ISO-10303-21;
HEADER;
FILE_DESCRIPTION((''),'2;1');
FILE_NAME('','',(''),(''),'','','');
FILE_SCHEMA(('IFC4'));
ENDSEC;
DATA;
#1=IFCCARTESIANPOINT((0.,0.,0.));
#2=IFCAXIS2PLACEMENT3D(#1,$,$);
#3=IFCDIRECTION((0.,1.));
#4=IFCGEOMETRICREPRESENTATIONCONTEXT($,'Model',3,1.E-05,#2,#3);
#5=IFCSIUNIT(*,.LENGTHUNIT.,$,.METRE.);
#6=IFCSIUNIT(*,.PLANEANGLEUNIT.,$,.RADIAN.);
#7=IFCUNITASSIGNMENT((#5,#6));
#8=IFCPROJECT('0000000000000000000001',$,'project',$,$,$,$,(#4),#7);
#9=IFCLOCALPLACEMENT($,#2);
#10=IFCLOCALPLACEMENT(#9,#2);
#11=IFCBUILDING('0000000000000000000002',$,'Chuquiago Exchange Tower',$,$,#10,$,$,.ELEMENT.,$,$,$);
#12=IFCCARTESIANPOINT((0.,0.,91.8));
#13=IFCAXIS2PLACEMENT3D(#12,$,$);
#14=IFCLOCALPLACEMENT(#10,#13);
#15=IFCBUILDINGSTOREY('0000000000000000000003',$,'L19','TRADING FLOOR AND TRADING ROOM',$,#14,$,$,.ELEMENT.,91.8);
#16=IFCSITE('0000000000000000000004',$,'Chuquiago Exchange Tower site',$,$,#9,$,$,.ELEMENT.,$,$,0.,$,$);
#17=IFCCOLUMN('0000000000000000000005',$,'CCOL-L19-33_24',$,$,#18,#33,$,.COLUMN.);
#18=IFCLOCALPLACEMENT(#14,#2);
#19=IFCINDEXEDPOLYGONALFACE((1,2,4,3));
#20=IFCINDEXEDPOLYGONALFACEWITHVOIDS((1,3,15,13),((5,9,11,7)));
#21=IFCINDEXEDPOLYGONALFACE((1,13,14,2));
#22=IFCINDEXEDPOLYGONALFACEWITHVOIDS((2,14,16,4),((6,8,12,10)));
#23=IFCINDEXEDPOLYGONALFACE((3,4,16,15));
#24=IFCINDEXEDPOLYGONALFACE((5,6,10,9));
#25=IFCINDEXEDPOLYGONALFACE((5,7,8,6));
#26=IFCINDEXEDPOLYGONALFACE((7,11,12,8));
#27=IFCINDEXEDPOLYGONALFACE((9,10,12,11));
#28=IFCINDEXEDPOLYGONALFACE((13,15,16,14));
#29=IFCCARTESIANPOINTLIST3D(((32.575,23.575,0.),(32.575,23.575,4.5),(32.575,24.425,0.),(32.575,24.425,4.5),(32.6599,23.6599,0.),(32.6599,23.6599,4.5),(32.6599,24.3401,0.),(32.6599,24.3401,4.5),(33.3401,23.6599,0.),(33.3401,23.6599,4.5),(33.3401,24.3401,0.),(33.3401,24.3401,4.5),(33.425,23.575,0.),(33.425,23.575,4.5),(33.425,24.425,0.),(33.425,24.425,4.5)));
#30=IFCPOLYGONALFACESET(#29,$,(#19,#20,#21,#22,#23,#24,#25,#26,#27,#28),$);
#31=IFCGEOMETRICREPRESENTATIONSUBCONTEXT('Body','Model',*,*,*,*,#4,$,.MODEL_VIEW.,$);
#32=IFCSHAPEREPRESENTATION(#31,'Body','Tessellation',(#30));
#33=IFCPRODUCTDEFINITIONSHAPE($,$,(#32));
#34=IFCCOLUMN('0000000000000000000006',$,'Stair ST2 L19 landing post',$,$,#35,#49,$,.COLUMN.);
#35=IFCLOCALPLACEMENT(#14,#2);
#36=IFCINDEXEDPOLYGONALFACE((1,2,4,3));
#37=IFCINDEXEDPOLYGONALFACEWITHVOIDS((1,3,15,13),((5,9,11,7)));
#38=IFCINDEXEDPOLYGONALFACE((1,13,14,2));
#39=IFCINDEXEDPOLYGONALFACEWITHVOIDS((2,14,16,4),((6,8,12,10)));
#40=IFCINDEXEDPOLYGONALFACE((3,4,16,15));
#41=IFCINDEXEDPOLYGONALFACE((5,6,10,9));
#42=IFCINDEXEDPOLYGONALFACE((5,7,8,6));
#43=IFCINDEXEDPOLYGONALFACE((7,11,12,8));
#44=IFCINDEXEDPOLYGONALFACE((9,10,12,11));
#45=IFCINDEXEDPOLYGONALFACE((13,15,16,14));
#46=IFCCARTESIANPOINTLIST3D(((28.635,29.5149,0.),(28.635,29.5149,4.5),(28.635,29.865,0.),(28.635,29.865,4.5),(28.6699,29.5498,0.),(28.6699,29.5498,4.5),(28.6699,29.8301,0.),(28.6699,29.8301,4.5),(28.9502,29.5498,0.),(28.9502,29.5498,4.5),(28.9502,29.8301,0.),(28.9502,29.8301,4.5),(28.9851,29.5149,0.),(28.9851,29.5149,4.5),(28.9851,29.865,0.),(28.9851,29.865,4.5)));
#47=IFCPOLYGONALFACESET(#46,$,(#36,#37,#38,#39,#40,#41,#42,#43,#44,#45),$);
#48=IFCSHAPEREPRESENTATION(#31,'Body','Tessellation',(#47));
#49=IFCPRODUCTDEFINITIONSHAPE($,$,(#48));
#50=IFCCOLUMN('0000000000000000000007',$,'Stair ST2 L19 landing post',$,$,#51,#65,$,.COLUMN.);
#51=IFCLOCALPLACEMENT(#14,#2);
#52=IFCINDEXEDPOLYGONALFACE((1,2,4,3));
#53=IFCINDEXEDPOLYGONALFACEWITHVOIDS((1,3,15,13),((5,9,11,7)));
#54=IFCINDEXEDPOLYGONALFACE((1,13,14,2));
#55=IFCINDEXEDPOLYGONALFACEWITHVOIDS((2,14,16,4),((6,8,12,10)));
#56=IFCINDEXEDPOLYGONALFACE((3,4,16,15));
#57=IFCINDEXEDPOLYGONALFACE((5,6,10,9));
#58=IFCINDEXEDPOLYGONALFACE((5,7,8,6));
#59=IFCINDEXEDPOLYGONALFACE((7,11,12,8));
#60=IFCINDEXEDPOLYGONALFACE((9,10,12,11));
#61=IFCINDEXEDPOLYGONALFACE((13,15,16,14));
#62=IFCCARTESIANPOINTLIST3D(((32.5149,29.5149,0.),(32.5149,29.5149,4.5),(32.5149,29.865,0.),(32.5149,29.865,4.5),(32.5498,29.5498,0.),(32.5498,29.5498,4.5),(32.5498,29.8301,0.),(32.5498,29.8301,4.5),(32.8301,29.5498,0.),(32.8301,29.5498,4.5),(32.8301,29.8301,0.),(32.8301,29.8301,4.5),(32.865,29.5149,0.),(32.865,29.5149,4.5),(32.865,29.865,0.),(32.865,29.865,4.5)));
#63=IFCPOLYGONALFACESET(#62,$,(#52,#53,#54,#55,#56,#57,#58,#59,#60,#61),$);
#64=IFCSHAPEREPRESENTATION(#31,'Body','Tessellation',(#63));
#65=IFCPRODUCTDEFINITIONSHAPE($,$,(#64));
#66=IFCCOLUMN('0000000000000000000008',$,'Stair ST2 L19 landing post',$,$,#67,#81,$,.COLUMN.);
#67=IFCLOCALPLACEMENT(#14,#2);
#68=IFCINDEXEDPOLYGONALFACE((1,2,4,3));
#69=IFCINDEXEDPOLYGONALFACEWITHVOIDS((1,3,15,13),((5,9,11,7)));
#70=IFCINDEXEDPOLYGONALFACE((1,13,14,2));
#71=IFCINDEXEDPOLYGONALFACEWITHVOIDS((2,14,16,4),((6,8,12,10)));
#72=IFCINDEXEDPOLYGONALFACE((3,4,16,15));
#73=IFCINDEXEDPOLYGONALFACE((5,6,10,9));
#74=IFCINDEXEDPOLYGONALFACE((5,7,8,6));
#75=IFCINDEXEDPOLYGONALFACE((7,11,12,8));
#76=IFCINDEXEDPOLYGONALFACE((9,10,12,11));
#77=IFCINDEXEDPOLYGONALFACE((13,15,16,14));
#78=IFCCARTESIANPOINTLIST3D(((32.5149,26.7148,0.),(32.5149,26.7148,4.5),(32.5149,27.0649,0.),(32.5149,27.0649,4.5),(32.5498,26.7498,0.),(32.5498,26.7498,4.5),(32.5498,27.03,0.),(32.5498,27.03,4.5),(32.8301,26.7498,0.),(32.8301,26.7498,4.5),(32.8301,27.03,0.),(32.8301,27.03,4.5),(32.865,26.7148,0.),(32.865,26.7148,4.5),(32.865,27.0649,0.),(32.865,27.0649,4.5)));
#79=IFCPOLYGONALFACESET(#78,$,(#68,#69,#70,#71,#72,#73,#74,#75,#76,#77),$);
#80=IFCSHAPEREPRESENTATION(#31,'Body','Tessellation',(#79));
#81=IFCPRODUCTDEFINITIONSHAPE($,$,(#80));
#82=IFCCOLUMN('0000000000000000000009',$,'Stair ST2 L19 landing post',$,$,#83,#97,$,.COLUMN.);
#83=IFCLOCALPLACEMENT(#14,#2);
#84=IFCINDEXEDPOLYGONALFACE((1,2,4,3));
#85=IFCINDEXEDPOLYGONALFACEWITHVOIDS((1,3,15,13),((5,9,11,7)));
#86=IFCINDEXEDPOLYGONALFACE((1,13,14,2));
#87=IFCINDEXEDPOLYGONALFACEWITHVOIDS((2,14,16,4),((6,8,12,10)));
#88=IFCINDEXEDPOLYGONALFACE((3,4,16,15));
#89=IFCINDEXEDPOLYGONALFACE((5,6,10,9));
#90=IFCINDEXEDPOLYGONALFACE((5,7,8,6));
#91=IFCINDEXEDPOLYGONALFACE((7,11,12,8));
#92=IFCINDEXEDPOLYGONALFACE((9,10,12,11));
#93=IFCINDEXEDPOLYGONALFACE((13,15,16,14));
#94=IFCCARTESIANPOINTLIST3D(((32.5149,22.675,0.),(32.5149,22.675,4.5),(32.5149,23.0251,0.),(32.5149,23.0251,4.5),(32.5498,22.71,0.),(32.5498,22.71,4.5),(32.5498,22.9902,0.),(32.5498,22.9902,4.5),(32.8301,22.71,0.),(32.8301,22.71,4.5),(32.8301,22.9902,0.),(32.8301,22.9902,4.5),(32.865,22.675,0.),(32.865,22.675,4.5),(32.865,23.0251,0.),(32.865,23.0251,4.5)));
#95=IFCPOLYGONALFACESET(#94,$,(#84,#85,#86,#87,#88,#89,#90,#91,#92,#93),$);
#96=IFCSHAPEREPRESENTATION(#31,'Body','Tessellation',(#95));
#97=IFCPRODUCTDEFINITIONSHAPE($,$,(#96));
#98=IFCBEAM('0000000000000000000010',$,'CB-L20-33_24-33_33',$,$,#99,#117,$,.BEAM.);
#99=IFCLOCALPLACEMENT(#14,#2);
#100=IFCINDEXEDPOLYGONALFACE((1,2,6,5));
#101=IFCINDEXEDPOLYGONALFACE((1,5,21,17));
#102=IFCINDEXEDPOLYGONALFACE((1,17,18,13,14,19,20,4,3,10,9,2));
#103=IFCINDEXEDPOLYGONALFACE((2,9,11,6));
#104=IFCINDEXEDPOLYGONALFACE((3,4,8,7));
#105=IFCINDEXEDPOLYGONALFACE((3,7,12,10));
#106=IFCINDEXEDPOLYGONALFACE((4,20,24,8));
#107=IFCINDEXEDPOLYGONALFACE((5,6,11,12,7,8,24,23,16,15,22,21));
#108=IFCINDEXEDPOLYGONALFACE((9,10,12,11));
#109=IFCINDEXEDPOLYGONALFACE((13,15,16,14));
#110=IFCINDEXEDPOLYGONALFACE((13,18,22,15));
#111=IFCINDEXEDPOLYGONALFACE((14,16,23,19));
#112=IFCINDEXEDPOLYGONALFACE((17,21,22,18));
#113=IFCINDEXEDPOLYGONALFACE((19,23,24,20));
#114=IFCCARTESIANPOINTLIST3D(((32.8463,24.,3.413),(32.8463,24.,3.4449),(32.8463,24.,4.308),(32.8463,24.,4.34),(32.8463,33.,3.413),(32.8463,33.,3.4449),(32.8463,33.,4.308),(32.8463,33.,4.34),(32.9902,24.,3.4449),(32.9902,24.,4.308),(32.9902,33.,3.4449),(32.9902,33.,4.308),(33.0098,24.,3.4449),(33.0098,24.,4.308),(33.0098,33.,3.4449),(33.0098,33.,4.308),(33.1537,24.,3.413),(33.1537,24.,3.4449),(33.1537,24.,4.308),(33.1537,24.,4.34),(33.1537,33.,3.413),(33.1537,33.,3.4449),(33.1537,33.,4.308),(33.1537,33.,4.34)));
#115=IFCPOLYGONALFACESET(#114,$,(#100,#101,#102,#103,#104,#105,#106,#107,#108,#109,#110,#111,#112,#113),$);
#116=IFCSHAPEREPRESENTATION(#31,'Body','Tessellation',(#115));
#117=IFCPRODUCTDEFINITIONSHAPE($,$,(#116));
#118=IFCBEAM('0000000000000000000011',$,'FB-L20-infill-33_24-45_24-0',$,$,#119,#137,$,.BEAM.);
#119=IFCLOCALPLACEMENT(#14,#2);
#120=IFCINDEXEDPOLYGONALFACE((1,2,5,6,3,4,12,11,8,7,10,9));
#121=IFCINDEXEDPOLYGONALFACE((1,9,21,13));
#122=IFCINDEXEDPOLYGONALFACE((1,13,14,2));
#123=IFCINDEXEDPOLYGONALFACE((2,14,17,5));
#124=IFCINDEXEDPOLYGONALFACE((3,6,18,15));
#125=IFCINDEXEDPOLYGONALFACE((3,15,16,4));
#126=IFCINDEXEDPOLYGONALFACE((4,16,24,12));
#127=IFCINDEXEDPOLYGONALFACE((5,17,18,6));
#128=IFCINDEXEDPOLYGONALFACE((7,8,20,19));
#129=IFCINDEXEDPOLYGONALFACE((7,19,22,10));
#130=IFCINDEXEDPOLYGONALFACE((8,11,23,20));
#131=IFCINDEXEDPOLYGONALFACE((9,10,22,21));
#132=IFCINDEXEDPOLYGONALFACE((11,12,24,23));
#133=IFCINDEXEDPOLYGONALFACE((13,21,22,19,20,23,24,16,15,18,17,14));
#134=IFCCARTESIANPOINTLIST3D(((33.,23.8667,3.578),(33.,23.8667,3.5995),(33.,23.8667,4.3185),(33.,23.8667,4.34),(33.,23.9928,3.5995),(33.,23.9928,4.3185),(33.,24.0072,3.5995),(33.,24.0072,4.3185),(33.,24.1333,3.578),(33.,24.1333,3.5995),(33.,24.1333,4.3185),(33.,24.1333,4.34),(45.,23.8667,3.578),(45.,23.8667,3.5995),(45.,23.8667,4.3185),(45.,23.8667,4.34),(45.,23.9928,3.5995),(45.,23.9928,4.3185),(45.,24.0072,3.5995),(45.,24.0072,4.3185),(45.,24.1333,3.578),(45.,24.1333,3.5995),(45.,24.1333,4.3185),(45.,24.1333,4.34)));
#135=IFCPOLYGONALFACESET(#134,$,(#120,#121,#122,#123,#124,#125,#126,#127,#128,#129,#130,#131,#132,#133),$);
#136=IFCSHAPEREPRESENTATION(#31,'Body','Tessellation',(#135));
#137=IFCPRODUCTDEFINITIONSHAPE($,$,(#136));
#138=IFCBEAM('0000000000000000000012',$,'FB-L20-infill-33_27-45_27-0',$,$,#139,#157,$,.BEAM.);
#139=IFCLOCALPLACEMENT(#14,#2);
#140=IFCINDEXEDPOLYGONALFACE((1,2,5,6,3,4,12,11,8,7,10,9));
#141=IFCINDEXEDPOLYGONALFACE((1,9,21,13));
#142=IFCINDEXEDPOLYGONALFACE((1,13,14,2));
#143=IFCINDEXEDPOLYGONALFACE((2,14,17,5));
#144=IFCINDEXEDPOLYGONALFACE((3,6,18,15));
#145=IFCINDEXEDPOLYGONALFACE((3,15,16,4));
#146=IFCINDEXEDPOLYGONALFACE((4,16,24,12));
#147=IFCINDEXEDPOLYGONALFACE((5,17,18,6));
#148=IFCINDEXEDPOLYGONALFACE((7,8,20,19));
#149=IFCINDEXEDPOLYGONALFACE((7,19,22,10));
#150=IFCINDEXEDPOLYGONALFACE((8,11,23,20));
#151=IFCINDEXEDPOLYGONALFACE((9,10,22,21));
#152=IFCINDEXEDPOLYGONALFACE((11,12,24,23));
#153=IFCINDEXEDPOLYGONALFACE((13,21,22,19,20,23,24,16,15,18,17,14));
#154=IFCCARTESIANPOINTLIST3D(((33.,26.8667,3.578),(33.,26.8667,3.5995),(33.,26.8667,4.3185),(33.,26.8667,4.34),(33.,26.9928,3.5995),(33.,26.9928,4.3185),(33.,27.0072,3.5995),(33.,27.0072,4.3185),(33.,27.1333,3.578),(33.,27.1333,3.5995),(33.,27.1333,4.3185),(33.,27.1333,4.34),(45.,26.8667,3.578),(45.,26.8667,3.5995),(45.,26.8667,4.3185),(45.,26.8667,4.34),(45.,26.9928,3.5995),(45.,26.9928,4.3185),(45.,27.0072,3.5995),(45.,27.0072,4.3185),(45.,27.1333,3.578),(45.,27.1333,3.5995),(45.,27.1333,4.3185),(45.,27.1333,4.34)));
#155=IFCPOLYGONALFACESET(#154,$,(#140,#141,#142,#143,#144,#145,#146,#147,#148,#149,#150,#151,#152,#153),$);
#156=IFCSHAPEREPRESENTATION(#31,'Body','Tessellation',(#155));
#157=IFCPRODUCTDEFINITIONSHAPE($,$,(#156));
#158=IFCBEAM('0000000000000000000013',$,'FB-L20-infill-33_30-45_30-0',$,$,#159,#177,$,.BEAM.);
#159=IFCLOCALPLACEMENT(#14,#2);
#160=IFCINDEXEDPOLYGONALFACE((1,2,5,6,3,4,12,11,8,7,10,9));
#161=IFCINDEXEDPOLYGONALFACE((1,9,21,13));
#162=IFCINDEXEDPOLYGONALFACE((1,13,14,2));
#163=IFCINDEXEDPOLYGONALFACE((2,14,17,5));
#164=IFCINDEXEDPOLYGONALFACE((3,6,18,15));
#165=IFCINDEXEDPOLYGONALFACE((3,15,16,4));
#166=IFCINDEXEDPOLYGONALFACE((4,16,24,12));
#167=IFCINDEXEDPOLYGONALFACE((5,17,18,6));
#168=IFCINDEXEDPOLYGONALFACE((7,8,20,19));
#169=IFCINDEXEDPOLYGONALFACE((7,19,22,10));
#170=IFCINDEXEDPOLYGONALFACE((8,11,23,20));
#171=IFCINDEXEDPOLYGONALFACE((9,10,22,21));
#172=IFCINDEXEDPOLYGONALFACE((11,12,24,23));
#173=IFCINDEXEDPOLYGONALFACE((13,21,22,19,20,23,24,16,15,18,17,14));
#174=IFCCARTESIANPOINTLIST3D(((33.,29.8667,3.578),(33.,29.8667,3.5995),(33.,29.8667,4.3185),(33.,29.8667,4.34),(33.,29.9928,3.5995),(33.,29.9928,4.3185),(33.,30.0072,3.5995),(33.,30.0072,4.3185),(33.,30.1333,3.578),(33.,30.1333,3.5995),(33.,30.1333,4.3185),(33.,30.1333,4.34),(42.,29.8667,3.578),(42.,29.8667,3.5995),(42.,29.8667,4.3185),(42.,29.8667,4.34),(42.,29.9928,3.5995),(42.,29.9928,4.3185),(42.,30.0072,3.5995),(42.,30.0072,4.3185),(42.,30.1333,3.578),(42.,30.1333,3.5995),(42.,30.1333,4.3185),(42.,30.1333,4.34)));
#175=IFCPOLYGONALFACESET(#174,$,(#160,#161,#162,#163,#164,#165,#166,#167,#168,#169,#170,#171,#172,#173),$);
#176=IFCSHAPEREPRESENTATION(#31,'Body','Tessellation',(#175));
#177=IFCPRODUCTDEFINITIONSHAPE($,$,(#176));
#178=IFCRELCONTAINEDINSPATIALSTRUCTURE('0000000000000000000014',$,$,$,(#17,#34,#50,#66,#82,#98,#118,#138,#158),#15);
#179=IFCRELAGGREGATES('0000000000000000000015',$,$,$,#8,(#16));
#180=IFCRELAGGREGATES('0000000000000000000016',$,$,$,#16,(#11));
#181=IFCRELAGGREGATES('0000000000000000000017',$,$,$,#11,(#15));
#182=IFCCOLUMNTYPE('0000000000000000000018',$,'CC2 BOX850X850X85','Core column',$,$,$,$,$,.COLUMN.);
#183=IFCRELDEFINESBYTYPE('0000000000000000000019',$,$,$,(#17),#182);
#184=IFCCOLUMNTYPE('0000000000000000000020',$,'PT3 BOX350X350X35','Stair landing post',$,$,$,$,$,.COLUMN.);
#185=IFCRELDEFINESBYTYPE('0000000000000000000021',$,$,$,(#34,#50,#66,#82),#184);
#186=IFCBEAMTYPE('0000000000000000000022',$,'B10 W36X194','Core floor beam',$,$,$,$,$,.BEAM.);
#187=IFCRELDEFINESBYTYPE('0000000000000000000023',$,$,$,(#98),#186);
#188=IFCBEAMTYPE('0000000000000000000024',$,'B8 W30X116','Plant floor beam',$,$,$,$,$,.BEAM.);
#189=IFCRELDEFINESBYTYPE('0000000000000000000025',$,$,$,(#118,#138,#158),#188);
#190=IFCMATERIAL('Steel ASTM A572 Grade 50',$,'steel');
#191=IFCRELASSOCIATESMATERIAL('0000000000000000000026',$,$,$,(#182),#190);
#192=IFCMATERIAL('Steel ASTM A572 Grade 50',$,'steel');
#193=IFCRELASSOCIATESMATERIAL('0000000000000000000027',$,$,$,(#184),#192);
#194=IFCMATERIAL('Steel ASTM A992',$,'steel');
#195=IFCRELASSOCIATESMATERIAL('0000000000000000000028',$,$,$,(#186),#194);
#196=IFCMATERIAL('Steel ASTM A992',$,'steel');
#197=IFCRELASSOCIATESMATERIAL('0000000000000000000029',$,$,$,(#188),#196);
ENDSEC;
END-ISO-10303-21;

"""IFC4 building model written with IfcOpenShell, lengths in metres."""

from ifc_helpers import new_model, si_unit, direction, frame, origin, origin_2d, place, context, subcontext, project, spatial, hollow_rectangle, i_section, extrude, material, material_profile, profile_set, type_object, element, save


model = new_model("IFC4")

# Units and contexts
model_context = context("Model", 3, precision=1e-05, world=origin(), true_north=direction((0.0, 1.0)))
body_context = subcontext(model_context, "Body", "Model", "MODEL_VIEW")
ifc_project = project(units=[si_unit("LENGTHUNIT", "METRE"), si_unit("PLANEANGLEUNIT", "RADIAN")], contexts=[model_context])

# Site, building, storey
site_placement = place(None, origin())
site = spatial("IfcSite", under=ifc_project, at=site_placement, Name="Chuquiago Exchange Tower site", CompositionType="ELEMENT", RefElevation=0.0)
building_placement = place(site_placement, origin())
building = spatial("IfcBuilding", under=site, at=building_placement, Name="Chuquiago Exchange Tower", CompositionType="ELEMENT")
storey_placement = place(building_placement, frame((0.0, 0.0, 91.8)))
storey = spatial("IfcBuildingStorey", under=building, at=storey_placement, Name="L19", Description="TRADING FLOOR AND TRADING ROOM", CompositionType="ELEMENT", Elevation=91.8)

# Columns
ifc_material_1 = material(Name="Steel ASTM A572 Grade 50", Category="steel")
ifc_material_profile_1 = material_profile(ifc_material_1, hollow_rectangle(XDim=0.8501, YDim=0.8501, WallThickness=0.085, at=origin_2d()), Name="BOX850X850X85")
ifc_profile_set_1 = profile_set([ifc_material_profile_1], Name="Steel ASTM A572 Grade 50")
column_type_1 = type_object("IfcColumnType", Name="CC2 BOX850X850X85", Description="Core column", PredefinedType="COLUMN", material=ifc_profile_set_1)
column_placement = place(storey_placement, frame((33.0, 24.0, 0.0), z_axis=(0.0, 0.0, 1.0), x_axis=(1.0, 0.0, 0.0)))
element("IfcColumn", 1, at=column_placement, inside=storey, type_object=column_type_1, Name="CCOL-L19-33_24", PredefinedType="COLUMN", context=body_context, shape_type="SweptSolid", body=[
    extrude(hollow_rectangle(XDim=0.8501, YDim=0.8501, WallThickness=0.085, at=origin_2d()), origin(), (0.0, 0.0, 1.0), 4.5),
])
ifc_material_2 = material(Name="Steel ASTM A572 Grade 50", Category="steel")
ifc_material_profile_2 = material_profile(ifc_material_2, hollow_rectangle(XDim=0.3501, YDim=0.3501, WallThickness=0.0349, at=origin_2d()), Name="BOX350X350X35")
ifc_profile_set_2 = profile_set([ifc_material_profile_2], Name="Steel ASTM A572 Grade 50")
column_type_2 = type_object("IfcColumnType", Name="PT3 BOX350X350X35", Description="Stair landing post", PredefinedType="COLUMN", material=ifc_profile_set_2)
for number, where, z_axis, x_axis, name in (
    (2, (28.8101, 29.6899, 0.0), (0.0, 0.0, 1.0), (1.0, 0.0, 0.0), "Stair ST2 L19 landing post"),
    (3, (32.6899, 29.6899, 0.0), (0.0, 0.0, 1.0), (1.0, 0.0, 0.0), "Stair ST2 L19 landing post"),
    (4, (32.6899, 26.8899, 0.0), (0.0, 0.0, 1.0), (1.0, 0.0, 0.0), "Stair ST2 L19 landing post"),
    (5, (32.6899, 22.8501, 0.0), (0.0, 0.0, 1.0), (1.0, 0.0, 0.0), "Stair ST2 L19 landing post"),
):
    element("IfcColumn", number, at=place(storey_placement, frame(where, z_axis=z_axis, x_axis=x_axis)), inside=storey, type_object=column_type_2, Name=name, PredefinedType="COLUMN", context=body_context, shape_type="SweptSolid", body=[
        extrude(hollow_rectangle(XDim=0.3501, YDim=0.3501, WallThickness=0.0349, at=origin_2d()), origin(), (0.0, 0.0, 1.0), 4.5),
    ])

# Beams
ifc_material_3 = material(Name="Steel ASTM A992", Category="steel")
ifc_material_profile_3 = material_profile(ifc_material_3, i_section(OverallWidth=0.3074, OverallDepth=0.927, WebThickness=0.0195, FlangeThickness=0.032, at=origin_2d()), Name="W36X194")
ifc_profile_set_3 = profile_set([ifc_material_profile_3], Name="Steel ASTM A992")
beam_type_1 = type_object("IfcBeamType", Name="B10 W36X194", Description="Core floor beam", PredefinedType="BEAM", material=ifc_profile_set_3)
beam_1_placement = place(storey_placement, frame((33.0, 24.0, 3.8765), z_axis=(0.0, 1.0, 0.0), x_axis=(-1.0, 0.0, 0.0)))
element("IfcBeam", 6, at=beam_1_placement, inside=storey, type_object=beam_type_1, Name="CB-L20-33_24-33_33", PredefinedType="BEAM", context=body_context, shape_type="SweptSolid", body=[
    extrude(i_section(OverallWidth=0.3074, OverallDepth=0.927, WebThickness=0.0195, FlangeThickness=0.032, at=origin_2d()), origin(), (0.0, 0.0, 1.0), 9.0),
])
ifc_material_4 = material(Name="Steel ASTM A992", Category="steel")
ifc_material_profile_4 = material_profile(ifc_material_4, i_section(OverallWidth=0.2666, OverallDepth=0.762, WebThickness=0.0144, FlangeThickness=0.0215, at=origin_2d()), Name="W30X116")
ifc_profile_set_4 = profile_set([ifc_material_profile_4], Name="Steel ASTM A992")
beam_type_2 = type_object("IfcBeamType", Name="B8 W30X116", Description="Plant floor beam", PredefinedType="BEAM", material=ifc_profile_set_4)
for number, where, z_axis, x_axis, name in (
    (7, (33.0, 24.0, 3.959), (1.0, 0.0, 0.0), (0.0, 1.0, 0.0), "FB-L20-infill-33_24-45_24-0"),
    (8, (33.0, 27.0, 3.959), (1.0, 0.0, 0.0), (0.0, 1.0, 0.0), "FB-L20-infill-33_27-45_27-0"),
):
    element("IfcBeam", number, at=place(storey_placement, frame(where, z_axis=z_axis, x_axis=x_axis)), inside=storey, type_object=beam_type_2, Name=name, PredefinedType="BEAM", context=body_context, shape_type="SweptSolid", body=[
        extrude(i_section(OverallWidth=0.2666, OverallDepth=0.762, WebThickness=0.0144, FlangeThickness=0.0215, at=origin_2d()), origin(), (0.0, 0.0, 1.0), 12.0),
    ])
beam_2_placement = place(storey_placement, frame((33.0, 30.0, 3.959), z_axis=(1.0, 0.0, 0.0), x_axis=(0.0, 1.0, 0.0)))
element("IfcBeam", 9, at=beam_2_placement, inside=storey, type_object=beam_type_2, Name="FB-L20-infill-33_30-45_30-0", PredefinedType="BEAM", context=body_context, shape_type="SweptSolid", body=[
    extrude(i_section(OverallWidth=0.2666, OverallDepth=0.762, WebThickness=0.0144, FlangeThickness=0.0215, at=origin_2d()), origin(), (0.0, 0.0, 1.0), 9.0),
])

save(model, "model.ifc")
